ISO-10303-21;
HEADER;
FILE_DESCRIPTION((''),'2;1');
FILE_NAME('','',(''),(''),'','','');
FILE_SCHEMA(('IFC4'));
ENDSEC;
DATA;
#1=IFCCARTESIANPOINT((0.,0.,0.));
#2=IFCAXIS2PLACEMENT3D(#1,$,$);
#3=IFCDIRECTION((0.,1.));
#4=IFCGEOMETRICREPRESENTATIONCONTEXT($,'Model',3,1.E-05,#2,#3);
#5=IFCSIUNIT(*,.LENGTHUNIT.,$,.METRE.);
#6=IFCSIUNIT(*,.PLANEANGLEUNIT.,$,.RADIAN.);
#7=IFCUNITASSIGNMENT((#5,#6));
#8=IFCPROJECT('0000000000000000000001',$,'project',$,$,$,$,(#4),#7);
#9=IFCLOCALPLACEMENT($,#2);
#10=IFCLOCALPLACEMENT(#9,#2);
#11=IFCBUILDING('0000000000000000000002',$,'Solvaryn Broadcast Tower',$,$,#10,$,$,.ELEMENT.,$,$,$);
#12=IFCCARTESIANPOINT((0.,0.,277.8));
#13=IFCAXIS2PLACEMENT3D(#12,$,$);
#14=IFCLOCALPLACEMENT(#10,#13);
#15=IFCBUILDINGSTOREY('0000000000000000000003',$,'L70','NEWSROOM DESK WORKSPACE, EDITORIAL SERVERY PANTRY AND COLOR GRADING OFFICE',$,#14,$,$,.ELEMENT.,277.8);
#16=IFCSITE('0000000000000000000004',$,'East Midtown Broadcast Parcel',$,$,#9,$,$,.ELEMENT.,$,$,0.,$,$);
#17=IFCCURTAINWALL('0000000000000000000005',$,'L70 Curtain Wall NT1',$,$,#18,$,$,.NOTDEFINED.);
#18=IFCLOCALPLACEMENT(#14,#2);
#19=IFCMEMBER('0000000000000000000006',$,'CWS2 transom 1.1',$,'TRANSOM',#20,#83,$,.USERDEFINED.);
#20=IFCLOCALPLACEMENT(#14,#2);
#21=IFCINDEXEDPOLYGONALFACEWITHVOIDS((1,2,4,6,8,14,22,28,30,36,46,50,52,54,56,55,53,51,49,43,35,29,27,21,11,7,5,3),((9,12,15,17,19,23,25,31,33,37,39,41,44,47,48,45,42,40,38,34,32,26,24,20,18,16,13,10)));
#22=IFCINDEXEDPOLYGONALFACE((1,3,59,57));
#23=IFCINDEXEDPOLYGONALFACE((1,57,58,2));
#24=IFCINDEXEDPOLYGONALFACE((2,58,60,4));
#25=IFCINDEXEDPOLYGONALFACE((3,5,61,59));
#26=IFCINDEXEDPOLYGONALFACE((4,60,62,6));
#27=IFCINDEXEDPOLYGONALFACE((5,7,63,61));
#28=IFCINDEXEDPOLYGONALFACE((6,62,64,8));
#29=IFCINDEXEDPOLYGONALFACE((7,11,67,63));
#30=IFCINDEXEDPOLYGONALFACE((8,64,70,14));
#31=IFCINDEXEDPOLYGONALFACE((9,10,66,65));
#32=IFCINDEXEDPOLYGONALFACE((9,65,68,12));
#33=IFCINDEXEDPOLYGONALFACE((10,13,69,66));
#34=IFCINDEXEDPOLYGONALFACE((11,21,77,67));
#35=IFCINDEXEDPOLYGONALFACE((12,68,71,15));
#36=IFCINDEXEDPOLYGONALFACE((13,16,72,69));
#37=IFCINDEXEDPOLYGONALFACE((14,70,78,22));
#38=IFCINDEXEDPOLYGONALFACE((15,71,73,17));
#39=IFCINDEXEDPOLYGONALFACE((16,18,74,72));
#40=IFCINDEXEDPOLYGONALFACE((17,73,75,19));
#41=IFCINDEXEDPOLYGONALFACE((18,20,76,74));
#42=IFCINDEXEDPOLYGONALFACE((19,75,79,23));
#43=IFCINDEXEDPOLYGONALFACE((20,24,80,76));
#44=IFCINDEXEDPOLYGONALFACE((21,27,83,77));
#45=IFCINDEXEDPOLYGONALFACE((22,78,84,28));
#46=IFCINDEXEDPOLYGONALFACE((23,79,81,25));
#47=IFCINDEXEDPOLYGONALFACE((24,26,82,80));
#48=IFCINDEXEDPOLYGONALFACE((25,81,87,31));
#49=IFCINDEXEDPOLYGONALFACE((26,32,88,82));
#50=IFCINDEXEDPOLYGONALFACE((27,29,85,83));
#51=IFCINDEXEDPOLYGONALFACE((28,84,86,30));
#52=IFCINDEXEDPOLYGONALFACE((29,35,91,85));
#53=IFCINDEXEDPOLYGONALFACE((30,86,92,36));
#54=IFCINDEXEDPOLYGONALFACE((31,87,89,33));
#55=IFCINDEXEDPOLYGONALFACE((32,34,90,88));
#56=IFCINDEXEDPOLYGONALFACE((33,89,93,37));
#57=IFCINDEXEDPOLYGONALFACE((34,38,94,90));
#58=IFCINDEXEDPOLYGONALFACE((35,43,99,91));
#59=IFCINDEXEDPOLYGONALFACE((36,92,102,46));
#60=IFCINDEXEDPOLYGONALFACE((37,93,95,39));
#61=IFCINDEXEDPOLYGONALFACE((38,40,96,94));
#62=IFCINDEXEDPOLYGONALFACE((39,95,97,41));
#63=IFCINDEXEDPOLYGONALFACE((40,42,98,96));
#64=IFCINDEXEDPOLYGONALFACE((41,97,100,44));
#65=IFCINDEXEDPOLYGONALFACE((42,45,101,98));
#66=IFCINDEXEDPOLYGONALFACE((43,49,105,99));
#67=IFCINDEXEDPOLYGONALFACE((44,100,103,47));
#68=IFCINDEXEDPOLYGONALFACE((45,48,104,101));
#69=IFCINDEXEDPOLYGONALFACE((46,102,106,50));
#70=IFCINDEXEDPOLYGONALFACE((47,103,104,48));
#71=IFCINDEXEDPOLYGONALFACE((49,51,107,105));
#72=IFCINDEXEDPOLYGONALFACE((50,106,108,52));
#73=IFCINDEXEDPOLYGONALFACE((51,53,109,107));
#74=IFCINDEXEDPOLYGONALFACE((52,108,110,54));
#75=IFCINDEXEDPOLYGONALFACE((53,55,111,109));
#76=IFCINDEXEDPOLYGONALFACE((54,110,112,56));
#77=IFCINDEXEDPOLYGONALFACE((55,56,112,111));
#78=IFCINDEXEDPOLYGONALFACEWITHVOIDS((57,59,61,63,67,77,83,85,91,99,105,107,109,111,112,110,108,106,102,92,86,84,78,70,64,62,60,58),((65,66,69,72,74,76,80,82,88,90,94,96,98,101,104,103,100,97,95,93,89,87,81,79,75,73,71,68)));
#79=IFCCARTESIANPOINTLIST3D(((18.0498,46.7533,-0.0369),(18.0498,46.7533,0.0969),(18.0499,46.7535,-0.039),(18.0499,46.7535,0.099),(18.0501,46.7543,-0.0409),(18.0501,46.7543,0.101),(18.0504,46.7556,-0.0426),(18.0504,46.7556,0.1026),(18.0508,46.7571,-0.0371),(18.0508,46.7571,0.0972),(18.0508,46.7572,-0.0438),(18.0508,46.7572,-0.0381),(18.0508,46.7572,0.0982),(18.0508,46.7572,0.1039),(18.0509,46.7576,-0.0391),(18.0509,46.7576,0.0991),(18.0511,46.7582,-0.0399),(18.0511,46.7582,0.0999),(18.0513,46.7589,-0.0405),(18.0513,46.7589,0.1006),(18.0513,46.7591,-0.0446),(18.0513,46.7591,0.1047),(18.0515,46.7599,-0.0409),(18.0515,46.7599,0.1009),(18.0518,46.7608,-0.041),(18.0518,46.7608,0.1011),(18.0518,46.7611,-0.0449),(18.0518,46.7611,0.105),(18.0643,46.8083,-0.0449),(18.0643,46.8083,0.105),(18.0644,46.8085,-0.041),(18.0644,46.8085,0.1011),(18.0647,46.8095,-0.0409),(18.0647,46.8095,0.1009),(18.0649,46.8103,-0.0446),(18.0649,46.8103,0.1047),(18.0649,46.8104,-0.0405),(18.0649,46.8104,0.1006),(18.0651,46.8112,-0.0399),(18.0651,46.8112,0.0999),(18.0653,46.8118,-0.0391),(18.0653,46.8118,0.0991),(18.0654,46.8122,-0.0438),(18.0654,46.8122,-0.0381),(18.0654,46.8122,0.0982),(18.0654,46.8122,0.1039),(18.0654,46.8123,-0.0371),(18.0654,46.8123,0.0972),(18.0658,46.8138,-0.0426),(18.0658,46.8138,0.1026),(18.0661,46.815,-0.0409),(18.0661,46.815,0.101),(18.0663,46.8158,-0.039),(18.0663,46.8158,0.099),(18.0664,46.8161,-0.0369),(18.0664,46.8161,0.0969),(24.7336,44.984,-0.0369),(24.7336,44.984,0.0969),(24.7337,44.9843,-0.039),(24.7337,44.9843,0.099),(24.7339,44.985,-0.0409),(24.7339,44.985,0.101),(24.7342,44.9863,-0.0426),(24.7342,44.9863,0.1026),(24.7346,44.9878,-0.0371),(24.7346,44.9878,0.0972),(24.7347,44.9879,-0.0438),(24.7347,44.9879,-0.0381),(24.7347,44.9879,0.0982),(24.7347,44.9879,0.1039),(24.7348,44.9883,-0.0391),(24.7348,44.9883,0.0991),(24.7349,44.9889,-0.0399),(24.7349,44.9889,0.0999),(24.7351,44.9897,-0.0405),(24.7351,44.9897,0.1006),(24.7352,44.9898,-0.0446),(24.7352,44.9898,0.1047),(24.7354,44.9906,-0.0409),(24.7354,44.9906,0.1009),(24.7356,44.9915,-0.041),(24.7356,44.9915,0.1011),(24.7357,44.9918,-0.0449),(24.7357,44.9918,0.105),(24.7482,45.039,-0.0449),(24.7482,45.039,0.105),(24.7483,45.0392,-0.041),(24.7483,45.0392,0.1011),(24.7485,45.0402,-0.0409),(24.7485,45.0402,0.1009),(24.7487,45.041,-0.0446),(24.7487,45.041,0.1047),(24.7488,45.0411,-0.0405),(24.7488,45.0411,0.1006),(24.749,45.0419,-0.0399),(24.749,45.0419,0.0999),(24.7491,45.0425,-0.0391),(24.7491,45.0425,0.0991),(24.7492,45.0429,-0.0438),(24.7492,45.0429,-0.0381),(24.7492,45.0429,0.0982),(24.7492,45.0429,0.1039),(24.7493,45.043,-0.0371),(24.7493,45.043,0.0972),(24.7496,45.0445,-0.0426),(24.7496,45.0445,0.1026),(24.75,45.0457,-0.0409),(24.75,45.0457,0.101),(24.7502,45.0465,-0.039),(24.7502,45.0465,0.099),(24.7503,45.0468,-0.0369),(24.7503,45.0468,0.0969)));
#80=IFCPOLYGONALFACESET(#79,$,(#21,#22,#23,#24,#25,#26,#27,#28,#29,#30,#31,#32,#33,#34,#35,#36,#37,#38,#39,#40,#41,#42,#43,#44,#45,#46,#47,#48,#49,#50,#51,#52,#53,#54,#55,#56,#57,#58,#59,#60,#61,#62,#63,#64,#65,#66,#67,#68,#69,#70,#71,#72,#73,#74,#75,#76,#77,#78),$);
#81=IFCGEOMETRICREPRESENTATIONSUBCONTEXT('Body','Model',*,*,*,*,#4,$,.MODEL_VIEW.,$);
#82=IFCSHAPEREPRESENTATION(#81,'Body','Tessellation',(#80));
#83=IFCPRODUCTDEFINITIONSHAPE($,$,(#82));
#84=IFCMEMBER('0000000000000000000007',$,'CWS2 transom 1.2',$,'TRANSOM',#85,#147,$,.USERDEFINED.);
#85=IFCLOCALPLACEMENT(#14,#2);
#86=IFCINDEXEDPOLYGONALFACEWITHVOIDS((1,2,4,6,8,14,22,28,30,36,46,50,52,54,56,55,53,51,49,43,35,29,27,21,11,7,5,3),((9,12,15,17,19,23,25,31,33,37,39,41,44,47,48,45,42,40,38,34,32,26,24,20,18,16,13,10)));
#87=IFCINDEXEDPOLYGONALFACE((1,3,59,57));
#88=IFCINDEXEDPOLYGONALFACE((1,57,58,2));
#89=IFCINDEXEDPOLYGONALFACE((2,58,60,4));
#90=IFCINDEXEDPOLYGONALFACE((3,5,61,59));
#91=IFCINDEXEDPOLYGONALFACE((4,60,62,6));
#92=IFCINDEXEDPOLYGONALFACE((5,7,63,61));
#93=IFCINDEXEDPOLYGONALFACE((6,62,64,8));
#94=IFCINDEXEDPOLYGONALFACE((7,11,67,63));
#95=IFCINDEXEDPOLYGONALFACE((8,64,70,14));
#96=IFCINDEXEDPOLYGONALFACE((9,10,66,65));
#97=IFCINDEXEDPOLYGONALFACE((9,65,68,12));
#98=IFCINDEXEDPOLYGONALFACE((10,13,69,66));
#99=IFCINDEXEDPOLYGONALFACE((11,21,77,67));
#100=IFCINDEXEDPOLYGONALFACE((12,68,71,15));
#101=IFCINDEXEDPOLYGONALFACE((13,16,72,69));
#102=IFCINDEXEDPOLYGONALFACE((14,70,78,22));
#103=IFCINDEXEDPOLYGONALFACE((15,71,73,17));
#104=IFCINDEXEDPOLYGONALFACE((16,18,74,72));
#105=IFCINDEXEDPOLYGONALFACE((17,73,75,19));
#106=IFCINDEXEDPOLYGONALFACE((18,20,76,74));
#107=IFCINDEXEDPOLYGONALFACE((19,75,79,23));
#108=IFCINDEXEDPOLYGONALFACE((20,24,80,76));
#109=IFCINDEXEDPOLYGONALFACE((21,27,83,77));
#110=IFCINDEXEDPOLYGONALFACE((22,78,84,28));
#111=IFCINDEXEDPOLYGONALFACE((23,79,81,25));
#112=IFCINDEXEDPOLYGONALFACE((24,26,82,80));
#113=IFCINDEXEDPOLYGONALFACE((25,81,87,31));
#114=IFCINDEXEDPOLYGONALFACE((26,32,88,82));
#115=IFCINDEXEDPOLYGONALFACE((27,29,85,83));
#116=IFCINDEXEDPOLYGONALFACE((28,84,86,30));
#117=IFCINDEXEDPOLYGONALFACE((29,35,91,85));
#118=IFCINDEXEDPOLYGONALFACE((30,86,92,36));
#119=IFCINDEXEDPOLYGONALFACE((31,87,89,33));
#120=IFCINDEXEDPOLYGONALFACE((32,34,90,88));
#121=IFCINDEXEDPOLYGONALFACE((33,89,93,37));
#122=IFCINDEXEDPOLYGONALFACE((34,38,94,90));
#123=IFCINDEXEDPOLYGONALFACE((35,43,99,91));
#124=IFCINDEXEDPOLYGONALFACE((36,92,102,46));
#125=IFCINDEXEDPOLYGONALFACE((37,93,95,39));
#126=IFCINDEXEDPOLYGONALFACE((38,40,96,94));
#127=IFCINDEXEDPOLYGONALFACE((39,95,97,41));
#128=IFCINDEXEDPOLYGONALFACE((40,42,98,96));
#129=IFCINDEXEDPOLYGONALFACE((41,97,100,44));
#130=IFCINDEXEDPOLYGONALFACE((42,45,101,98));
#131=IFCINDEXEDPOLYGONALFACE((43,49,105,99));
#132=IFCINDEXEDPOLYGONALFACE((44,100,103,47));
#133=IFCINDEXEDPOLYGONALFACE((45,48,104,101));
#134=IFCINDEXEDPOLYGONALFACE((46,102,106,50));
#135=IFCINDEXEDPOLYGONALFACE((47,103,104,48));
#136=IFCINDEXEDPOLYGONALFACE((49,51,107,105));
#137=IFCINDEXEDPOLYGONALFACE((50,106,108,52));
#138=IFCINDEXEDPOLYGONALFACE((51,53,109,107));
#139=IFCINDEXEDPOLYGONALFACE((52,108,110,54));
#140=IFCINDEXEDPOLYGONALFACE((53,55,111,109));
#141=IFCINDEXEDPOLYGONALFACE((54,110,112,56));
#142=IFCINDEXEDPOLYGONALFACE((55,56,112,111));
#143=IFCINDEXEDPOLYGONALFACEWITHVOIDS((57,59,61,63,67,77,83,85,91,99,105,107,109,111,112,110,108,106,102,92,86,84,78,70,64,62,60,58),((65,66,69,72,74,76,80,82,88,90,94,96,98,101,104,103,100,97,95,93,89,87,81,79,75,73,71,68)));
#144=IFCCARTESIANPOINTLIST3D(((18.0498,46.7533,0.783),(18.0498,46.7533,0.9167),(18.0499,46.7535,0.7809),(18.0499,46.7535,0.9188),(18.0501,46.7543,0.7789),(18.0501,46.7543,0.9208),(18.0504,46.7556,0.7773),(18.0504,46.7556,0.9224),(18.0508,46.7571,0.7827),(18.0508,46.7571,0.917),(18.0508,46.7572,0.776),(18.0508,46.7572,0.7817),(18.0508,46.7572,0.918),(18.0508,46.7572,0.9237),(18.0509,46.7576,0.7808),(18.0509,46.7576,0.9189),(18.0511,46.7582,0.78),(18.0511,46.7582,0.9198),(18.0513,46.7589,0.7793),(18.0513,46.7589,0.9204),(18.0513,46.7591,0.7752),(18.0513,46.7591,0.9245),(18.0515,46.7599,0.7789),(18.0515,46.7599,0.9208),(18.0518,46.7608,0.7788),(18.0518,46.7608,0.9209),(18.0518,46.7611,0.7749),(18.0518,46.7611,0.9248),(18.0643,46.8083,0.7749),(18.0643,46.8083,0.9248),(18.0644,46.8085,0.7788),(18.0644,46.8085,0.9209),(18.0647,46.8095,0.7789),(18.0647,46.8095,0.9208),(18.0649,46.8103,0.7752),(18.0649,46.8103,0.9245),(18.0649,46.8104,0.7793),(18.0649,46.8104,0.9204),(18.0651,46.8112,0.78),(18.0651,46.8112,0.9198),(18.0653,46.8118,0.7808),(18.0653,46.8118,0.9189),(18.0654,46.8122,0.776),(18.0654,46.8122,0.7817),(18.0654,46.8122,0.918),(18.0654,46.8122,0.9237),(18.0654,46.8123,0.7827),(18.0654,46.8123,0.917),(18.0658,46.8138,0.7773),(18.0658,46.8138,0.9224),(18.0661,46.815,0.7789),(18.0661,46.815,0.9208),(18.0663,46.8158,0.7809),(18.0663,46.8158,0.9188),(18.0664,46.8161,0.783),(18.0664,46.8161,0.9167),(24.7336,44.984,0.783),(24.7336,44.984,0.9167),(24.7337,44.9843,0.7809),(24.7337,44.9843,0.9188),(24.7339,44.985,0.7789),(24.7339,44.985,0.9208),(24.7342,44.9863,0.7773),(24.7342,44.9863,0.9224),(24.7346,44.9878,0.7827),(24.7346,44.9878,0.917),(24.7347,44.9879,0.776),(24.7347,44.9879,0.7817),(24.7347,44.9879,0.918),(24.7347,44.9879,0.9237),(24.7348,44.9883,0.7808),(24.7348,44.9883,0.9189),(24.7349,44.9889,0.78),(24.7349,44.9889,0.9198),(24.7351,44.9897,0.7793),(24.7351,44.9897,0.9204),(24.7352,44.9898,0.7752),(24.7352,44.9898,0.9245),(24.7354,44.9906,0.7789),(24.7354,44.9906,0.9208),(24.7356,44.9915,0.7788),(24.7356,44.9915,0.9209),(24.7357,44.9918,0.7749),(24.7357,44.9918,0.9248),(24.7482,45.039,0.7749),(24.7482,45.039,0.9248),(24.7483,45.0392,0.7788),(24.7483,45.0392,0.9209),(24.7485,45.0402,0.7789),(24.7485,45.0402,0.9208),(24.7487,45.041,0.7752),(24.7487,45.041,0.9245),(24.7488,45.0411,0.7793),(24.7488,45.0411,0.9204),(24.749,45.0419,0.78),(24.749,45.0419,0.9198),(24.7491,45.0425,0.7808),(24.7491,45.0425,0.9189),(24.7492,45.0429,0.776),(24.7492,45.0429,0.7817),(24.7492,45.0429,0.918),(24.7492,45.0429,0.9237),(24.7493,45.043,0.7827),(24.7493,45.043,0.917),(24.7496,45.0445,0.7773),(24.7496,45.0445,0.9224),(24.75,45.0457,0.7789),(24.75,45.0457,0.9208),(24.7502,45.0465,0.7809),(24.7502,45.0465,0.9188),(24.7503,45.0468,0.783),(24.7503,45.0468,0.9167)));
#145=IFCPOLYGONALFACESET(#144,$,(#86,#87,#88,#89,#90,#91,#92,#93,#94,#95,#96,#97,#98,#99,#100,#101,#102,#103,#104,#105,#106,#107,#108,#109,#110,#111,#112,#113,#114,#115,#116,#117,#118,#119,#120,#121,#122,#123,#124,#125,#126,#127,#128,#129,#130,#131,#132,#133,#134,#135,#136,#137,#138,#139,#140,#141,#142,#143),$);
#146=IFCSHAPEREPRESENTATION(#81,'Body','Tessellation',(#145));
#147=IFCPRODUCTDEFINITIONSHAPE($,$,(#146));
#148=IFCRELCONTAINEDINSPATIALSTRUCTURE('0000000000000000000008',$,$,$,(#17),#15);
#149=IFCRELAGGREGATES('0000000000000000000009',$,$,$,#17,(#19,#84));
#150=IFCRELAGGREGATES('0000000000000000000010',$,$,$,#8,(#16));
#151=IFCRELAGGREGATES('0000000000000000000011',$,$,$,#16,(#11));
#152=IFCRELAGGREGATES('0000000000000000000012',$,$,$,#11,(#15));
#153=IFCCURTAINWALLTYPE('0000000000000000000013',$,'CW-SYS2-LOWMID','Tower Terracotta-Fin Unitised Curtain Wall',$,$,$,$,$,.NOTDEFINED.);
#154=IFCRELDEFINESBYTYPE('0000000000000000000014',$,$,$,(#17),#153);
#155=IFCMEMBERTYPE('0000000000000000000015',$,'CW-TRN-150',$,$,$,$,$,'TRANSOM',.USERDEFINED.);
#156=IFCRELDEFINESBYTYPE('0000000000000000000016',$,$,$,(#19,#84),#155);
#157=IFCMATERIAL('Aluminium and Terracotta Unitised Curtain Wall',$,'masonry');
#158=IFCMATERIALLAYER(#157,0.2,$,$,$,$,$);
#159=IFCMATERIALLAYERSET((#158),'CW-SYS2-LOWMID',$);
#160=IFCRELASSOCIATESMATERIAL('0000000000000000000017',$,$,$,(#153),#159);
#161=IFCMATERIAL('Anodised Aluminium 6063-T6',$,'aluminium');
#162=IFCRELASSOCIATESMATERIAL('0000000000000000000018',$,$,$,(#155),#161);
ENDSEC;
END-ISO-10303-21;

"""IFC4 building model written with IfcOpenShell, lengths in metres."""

from ifc_helpers import new_model, si_unit, direction, frame, origin, origin_2d, place, context, subcontext, project, spatial, hollow_rectangle, extrude, material, layer, layer_set, material_profile, profile_set, type_object, element, aggregate, save


model = new_model("IFC4")

# Units and contexts
model_context = context("Model", 3, precision=1e-05, world=origin(), true_north=direction((0.0, 1.0)))
body_context = subcontext(model_context, "Body", "Model", "MODEL_VIEW")
ifc_project = project(units=[si_unit("LENGTHUNIT", "METRE"), si_unit("PLANEANGLEUNIT", "RADIAN")], contexts=[model_context])

# Site, building, storey
site_placement = place(None, origin())
site = spatial("IfcSite", under=ifc_project, at=site_placement, Name="East Midtown Broadcast Parcel", CompositionType="ELEMENT", RefElevation=0.0)
building_placement = place(site_placement, origin())
building = spatial("IfcBuilding", under=site, at=building_placement, Name="Solvaryn Broadcast Tower", CompositionType="ELEMENT")
storey_placement = place(building_placement, frame((0.0, 0.0, 277.8)))
storey = spatial("IfcBuildingStorey", under=building, at=storey_placement, Name="L70", Description="NEWSROOM DESK WORKSPACE, EDITORIAL SERVERY PANTRY AND COLOR GRADING OFFICE", CompositionType="ELEMENT", Elevation=277.8)

# Shared definitions
ifc_material_1 = material(Name="Aluminium and Terracotta Unitised Curtain Wall", Category="masonry")
ifc_layer_1 = layer(ifc_material_1, 0.2)
ifc_layer_set_1 = layer_set([ifc_layer_1], Name="CW-SYS2-LOWMID")
curtain_wall_type = type_object("IfcCurtainWallType", Name="CW-SYS2-LOWMID", Description="Tower Terracotta-Fin Unitised Curtain Wall", PredefinedType="NOTDEFINED", material=ifc_layer_set_1)

# Curtain wall
curtain_wall_1_placement = place(storey_placement, origin())
curtain_wall_1 = element("IfcCurtainWall", 1, at=curtain_wall_1_placement, inside=storey, type_object=curtain_wall_type, Name="L70 Curtain Wall NT1", PredefinedType="NOTDEFINED")

# Members
ifc_material_2 = material(Name="Anodised Aluminium 6063-T6", Category="aluminium")
ifc_material_profile_1 = material_profile(ifc_material_2, hollow_rectangle(XDim=0.0649, YDim=0.1499, WallThickness=0.0039, InnerFilletRadius=0.0039, OuterFilletRadius=0.0081, at=origin_2d()))
ifc_profile_set_1 = profile_set([ifc_material_profile_1], Name="Anodised Aluminium 6063-T6")
member_type_1 = type_object("IfcMemberType", Name="CW-TRN-150", ElementType="TRANSOM", PredefinedType="USERDEFINED", material=ifc_profile_set_1)
member_1_placement = place(storey_placement, frame((24.7419, 45.0154, 0.03), z_axis=(-0.966704, 0.255897, 0.0), x_axis=(-0.255897, -0.966704, 0.0)))
member_1 = element("IfcMember", 2, at=member_1_placement, type_object=member_type_1, Name="CWS2 transom 1.1", ObjectType="TRANSOM", PredefinedType="USERDEFINED", context=body_context, shape_type="SweptSolid", body=[
    extrude(hollow_rectangle(XDim=0.0649, YDim=0.1499, WallThickness=0.0039, InnerFilletRadius=0.0039, OuterFilletRadius=0.0081, at=origin_2d()), origin(), (0.0, 0.0, 1.0), 6.9141),
])
member_2_placement = place(storey_placement, frame((24.7419, 45.0154, 0.8499), z_axis=(-0.966704, 0.255897, 0.0), x_axis=(-0.255897, -0.966704, 0.0)))
member_2 = element("IfcMember", 3, at=member_2_placement, type_object=member_type_1, Name="CWS2 transom 1.2", ObjectType="TRANSOM", PredefinedType="USERDEFINED", context=body_context, shape_type="SweptSolid", body=[
    extrude(hollow_rectangle(XDim=0.0649, YDim=0.1499, WallThickness=0.0039, InnerFilletRadius=0.0039, OuterFilletRadius=0.0081, at=origin_2d()), origin(), (0.0, 0.0, 1.0), 6.9141),
])
aggregate(curtain_wall_1, [member_1, member_2])

save(model, "model.ifc")
